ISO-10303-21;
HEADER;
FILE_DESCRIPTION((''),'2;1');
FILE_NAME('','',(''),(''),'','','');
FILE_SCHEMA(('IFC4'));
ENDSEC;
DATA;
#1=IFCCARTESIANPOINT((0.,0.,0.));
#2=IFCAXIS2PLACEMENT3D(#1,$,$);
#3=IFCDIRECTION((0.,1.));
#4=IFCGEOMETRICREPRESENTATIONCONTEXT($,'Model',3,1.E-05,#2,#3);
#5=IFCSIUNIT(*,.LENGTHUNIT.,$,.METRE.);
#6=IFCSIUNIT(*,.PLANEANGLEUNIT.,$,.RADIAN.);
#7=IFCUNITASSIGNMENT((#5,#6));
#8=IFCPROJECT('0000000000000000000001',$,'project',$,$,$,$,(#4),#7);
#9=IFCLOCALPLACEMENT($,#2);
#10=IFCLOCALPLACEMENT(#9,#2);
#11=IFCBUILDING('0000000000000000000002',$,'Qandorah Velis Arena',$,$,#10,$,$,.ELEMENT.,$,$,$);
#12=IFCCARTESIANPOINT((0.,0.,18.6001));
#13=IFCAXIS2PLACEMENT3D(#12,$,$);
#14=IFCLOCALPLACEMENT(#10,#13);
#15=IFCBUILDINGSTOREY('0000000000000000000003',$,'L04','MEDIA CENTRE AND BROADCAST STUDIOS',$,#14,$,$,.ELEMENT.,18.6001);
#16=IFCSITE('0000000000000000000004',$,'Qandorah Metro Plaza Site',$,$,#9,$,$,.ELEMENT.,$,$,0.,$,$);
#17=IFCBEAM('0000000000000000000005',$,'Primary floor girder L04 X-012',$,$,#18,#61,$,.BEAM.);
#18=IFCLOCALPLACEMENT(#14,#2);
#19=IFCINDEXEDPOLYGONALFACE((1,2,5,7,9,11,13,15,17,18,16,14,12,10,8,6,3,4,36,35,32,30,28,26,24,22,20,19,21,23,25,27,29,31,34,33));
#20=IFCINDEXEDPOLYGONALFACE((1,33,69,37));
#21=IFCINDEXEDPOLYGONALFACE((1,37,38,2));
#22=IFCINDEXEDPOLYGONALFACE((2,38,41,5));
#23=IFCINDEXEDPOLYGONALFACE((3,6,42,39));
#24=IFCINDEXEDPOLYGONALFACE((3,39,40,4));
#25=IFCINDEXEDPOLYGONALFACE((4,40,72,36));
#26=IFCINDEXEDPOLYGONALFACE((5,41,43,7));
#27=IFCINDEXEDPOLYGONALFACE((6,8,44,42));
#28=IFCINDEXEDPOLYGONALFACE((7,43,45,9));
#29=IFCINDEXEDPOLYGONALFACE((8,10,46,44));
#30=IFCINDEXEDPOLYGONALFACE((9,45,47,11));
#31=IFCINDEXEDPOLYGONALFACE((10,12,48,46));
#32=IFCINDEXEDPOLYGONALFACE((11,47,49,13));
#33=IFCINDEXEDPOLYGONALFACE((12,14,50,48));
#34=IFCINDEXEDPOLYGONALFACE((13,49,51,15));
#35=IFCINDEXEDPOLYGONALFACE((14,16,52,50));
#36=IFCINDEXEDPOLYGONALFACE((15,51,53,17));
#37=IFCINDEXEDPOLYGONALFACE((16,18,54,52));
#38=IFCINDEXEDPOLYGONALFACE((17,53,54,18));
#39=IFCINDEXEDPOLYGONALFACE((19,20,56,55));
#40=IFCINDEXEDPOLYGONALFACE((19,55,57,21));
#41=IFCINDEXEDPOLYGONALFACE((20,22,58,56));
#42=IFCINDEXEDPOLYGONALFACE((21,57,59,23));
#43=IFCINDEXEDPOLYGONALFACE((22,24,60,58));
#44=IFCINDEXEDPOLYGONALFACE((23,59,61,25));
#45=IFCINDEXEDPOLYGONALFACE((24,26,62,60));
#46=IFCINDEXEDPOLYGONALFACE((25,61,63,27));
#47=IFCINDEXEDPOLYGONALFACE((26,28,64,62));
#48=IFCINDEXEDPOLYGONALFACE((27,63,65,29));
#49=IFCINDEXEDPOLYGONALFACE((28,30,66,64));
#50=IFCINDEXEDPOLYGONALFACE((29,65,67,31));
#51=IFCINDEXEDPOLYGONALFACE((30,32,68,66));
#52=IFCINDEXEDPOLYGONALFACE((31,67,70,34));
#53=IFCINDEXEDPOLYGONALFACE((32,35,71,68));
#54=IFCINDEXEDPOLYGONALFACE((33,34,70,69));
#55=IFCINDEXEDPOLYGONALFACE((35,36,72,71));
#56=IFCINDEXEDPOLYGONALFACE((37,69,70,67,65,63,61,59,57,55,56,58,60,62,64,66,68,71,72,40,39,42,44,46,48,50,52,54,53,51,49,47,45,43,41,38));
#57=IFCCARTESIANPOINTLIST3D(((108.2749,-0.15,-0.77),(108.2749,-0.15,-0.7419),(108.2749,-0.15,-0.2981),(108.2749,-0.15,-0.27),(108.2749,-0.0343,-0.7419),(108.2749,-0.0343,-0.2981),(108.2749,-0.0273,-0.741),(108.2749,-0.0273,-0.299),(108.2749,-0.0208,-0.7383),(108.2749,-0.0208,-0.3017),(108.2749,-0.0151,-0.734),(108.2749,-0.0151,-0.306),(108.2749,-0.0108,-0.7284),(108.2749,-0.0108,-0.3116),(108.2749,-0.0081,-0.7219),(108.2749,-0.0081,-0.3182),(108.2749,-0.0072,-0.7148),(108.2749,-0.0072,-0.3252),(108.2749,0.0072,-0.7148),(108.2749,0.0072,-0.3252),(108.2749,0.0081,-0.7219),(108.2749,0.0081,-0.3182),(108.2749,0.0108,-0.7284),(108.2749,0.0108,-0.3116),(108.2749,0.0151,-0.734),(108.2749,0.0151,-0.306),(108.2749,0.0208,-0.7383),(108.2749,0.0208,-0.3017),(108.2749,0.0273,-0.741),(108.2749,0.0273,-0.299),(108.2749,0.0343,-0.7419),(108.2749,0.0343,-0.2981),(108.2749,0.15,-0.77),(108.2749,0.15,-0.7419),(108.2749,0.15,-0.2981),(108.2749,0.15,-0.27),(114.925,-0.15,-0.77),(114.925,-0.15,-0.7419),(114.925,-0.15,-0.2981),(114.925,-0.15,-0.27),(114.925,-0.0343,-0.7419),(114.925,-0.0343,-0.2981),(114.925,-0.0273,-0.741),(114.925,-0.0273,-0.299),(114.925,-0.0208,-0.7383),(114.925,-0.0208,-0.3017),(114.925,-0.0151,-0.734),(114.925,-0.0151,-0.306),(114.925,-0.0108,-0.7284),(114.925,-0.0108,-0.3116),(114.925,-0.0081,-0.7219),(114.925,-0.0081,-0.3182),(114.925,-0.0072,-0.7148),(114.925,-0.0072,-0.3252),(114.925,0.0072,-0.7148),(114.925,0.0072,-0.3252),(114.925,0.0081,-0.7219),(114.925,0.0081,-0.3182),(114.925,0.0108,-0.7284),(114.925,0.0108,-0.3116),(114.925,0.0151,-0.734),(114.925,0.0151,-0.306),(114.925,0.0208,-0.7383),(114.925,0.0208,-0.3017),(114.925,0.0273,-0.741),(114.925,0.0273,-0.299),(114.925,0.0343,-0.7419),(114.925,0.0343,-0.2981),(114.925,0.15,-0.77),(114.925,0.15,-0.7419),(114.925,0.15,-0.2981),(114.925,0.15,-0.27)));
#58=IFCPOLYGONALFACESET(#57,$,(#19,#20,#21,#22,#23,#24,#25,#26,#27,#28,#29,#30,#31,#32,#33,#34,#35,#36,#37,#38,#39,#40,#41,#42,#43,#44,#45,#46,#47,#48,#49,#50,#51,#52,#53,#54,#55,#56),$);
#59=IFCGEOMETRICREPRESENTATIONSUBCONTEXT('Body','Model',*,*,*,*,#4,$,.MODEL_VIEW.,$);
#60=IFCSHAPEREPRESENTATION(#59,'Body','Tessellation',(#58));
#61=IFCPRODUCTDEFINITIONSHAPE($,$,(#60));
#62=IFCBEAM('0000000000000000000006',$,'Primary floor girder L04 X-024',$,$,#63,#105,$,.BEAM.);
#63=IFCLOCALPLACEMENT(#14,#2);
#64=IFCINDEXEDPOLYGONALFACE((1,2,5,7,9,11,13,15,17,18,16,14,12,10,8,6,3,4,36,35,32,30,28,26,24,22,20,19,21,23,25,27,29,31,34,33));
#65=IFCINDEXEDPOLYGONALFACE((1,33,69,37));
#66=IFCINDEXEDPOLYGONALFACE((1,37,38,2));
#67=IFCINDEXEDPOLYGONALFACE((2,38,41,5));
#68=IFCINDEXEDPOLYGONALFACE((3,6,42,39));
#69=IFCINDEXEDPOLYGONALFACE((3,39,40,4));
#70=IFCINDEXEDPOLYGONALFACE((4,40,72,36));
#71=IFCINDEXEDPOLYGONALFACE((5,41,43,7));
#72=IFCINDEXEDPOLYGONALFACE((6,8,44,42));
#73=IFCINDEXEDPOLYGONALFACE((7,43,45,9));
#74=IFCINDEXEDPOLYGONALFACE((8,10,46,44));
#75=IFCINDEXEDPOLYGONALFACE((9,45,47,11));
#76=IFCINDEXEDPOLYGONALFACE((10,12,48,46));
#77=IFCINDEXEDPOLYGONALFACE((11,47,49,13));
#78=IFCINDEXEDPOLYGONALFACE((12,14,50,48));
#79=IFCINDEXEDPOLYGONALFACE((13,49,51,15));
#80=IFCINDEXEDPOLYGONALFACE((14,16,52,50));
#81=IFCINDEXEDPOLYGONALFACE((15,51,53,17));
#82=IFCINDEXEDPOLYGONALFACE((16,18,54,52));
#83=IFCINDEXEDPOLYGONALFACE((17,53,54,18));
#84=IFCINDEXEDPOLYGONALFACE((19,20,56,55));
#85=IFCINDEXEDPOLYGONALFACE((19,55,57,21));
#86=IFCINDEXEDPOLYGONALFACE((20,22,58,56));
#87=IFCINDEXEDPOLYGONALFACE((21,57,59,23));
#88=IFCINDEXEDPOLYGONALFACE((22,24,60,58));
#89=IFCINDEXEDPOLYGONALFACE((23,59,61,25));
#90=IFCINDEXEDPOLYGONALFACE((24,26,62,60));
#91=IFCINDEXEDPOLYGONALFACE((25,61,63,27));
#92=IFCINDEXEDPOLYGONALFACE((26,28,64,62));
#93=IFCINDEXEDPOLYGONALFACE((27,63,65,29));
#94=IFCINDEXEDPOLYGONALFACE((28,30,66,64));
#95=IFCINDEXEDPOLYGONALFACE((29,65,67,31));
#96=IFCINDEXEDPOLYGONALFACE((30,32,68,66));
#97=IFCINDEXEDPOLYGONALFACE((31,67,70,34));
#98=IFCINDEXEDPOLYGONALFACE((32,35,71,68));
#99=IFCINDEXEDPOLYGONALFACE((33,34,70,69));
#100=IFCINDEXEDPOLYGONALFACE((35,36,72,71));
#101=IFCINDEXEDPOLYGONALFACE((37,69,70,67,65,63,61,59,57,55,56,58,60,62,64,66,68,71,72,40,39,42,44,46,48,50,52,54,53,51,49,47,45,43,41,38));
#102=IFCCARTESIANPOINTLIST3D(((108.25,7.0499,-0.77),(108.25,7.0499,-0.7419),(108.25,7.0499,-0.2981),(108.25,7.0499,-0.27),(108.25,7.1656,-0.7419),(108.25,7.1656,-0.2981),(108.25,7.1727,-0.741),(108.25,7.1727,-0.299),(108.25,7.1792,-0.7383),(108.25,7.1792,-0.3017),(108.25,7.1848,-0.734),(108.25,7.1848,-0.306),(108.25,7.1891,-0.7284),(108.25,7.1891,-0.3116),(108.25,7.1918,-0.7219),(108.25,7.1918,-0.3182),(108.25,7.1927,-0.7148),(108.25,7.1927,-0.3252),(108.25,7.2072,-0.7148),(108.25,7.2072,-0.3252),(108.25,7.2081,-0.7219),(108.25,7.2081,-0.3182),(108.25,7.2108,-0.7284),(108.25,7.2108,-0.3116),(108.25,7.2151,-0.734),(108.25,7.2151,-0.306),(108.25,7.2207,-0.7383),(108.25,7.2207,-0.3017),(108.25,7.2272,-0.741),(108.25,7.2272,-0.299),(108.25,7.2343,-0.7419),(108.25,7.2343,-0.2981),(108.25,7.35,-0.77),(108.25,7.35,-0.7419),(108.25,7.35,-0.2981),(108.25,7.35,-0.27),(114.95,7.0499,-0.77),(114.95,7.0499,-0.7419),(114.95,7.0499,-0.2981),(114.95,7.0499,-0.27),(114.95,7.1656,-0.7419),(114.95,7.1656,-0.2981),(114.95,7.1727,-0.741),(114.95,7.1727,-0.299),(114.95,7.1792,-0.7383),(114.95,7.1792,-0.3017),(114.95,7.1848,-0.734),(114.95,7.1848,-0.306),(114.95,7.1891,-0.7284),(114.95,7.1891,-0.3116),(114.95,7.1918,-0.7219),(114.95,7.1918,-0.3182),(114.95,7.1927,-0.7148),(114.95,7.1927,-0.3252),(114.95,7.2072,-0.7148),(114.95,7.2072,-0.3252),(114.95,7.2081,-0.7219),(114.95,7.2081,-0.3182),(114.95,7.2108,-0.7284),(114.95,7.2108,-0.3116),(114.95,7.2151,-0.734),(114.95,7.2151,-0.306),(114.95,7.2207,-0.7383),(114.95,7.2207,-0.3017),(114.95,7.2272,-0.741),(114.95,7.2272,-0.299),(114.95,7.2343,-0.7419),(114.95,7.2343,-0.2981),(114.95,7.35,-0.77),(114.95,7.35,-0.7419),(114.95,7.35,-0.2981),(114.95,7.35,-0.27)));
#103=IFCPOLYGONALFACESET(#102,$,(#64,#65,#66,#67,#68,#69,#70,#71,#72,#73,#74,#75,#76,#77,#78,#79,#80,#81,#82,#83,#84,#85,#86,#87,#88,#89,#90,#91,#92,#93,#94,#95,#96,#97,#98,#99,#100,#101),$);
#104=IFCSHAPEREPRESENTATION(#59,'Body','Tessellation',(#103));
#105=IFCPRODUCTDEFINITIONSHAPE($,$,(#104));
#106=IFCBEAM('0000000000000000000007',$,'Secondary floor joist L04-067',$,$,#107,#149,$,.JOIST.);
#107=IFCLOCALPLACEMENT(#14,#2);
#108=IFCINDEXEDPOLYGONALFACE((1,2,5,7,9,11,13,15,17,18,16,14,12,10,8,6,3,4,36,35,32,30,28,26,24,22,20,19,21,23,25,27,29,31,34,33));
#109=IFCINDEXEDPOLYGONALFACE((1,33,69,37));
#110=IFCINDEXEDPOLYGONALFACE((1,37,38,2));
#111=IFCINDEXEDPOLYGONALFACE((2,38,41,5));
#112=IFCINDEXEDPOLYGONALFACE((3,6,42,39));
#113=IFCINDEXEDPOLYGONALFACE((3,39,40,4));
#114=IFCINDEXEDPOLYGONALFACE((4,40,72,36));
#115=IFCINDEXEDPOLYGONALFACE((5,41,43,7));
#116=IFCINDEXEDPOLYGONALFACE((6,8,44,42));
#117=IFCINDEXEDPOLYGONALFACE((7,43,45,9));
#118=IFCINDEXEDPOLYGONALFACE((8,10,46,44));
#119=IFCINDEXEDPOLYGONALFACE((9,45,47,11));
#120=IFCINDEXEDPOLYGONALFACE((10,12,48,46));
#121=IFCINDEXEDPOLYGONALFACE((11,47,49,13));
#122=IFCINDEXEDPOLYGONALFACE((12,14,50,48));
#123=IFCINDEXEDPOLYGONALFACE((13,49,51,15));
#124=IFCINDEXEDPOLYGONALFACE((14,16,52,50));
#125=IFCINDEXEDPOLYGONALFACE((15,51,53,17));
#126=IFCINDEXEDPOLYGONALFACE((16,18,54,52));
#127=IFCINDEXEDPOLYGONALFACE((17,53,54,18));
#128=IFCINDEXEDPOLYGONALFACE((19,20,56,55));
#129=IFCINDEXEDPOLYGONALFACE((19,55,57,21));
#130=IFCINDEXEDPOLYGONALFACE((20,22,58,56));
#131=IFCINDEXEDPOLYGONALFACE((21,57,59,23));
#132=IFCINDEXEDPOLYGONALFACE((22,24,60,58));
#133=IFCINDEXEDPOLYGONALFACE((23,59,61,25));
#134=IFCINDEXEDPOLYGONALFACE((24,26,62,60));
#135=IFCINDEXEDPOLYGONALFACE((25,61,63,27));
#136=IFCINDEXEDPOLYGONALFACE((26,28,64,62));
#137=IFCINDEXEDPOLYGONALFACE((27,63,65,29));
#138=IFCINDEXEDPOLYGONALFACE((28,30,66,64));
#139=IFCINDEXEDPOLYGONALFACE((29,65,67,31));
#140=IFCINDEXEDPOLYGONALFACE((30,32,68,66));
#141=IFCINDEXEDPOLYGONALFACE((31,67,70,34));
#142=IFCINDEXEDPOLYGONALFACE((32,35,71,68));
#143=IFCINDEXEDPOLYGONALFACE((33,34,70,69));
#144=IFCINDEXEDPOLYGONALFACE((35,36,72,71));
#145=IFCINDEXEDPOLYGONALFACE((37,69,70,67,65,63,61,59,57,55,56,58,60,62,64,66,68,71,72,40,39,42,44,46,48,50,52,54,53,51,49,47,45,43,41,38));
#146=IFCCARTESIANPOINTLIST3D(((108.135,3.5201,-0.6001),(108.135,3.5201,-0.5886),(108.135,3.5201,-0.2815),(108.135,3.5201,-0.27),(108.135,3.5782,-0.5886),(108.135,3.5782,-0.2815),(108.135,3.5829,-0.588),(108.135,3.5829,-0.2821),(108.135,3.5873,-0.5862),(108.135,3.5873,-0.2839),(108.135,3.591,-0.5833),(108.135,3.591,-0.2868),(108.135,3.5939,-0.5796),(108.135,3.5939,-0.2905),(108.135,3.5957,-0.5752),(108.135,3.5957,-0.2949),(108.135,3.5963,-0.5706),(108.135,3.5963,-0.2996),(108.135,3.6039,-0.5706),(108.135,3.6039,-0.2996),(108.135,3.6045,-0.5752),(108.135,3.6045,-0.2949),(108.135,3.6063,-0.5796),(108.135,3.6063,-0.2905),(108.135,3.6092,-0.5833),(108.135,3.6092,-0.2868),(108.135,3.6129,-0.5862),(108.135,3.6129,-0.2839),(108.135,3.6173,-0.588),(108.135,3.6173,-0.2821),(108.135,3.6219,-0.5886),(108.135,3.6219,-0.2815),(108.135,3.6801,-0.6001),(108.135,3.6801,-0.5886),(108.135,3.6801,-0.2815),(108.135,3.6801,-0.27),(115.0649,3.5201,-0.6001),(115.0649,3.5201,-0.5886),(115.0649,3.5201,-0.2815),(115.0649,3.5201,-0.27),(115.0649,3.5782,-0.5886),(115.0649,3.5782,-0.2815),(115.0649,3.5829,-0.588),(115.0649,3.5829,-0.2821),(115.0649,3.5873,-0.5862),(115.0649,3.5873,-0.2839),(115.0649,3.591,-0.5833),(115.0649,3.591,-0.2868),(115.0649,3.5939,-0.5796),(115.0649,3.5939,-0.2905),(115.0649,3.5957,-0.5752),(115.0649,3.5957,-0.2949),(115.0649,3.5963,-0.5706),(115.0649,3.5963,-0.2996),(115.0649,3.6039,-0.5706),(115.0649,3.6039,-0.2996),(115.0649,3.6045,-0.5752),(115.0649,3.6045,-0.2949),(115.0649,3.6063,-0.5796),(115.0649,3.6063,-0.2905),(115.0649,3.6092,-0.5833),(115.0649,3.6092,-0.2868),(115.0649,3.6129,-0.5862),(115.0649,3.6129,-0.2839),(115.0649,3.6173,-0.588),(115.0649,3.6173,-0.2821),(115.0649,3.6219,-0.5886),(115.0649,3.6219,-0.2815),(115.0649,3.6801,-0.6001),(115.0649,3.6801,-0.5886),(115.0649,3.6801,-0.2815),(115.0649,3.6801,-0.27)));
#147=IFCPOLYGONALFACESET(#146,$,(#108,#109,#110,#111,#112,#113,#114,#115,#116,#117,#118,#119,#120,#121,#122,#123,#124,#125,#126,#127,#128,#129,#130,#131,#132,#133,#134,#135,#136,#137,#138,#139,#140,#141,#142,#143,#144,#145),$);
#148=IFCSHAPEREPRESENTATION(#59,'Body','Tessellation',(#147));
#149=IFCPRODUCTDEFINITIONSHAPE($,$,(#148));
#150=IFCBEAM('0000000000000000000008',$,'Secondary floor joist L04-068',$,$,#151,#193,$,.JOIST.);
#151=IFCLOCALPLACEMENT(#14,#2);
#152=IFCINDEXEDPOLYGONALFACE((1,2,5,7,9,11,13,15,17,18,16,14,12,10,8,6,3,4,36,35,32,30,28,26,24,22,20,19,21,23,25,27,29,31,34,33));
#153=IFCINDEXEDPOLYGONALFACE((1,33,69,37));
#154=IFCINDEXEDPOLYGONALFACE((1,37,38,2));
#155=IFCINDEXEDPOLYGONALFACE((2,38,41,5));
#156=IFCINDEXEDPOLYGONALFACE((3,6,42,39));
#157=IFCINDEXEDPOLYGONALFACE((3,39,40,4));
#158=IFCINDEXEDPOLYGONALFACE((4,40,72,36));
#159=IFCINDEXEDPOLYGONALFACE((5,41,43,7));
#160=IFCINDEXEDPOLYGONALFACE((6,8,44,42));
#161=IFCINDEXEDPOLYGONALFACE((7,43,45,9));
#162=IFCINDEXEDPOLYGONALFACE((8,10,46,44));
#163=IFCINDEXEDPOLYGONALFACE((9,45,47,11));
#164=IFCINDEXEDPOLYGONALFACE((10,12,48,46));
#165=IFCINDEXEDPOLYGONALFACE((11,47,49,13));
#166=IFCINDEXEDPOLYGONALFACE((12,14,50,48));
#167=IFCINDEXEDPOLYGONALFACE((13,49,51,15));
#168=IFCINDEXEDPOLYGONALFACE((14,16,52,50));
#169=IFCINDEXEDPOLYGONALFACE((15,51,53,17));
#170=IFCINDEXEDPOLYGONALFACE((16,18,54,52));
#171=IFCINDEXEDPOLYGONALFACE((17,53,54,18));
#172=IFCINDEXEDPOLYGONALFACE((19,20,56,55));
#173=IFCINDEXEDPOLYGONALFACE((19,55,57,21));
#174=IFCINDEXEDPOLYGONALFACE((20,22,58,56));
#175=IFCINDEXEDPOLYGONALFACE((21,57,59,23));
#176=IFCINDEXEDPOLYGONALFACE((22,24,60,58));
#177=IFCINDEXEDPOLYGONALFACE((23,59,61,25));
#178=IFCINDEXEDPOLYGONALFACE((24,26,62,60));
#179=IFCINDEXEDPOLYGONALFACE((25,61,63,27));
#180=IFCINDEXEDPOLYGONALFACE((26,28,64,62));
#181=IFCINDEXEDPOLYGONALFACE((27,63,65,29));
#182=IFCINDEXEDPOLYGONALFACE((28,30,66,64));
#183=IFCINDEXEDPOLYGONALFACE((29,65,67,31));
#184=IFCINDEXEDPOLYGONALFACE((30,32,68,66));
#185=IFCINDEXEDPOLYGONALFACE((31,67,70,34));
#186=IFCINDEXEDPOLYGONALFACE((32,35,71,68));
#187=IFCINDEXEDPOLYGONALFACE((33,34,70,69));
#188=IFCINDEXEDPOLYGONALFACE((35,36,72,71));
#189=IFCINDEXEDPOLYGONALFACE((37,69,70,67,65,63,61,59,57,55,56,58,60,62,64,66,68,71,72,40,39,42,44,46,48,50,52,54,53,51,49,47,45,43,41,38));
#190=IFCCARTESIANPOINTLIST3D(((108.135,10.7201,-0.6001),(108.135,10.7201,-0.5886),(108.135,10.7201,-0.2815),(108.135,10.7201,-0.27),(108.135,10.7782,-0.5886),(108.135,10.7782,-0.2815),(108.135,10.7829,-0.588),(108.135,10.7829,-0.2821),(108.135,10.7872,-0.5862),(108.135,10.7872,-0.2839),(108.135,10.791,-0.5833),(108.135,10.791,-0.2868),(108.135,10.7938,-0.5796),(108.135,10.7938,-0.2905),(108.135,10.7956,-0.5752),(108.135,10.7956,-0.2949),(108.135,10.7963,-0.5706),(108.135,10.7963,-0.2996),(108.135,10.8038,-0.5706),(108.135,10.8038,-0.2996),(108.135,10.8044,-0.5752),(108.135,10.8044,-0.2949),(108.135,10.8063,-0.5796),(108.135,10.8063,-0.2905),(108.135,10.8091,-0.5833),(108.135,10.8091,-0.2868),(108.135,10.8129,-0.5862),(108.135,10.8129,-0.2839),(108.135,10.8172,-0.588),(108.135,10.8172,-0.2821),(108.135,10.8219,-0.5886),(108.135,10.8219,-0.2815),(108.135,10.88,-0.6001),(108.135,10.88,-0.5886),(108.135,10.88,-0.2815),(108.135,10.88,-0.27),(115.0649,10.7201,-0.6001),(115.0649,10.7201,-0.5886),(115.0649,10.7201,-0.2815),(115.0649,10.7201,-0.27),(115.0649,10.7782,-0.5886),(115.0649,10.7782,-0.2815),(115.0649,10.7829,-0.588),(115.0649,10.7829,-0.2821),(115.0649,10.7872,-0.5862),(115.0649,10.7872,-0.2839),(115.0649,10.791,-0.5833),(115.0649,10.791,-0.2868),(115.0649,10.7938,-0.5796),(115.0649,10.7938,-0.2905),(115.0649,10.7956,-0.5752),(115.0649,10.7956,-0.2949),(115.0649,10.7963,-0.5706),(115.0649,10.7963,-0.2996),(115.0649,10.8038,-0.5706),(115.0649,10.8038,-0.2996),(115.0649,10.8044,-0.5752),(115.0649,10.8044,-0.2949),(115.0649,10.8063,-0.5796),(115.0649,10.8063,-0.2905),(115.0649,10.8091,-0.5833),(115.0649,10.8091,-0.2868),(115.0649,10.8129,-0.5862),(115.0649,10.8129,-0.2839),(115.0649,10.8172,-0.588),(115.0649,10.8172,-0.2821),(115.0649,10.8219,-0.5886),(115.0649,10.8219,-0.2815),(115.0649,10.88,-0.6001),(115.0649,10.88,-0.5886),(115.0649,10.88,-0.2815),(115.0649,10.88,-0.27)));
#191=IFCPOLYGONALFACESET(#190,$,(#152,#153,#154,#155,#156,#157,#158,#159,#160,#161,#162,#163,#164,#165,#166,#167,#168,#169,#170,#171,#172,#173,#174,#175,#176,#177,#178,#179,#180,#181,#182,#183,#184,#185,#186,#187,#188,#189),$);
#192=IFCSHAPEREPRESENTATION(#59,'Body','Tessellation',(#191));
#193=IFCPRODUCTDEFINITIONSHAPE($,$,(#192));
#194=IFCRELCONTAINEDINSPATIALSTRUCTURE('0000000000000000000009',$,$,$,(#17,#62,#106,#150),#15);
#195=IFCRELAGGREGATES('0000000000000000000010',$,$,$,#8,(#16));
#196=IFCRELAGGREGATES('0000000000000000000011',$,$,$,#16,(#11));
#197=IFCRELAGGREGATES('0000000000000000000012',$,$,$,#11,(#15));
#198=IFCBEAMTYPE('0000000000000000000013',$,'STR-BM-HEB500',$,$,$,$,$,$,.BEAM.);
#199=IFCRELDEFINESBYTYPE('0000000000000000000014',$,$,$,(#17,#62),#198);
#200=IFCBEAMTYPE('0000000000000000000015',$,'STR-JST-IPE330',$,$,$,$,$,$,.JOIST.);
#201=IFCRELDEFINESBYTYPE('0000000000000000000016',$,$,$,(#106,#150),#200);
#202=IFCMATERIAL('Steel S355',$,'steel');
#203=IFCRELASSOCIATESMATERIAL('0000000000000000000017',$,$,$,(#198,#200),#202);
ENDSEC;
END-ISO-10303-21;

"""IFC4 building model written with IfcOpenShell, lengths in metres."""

from ifc_helpers import new_model, si_unit, direction, frame, origin, origin_2d, place, context, subcontext, project, spatial, i_section, extrude, material, material_profile, profile_set, type_object, element, save


model = new_model("IFC4")

# Units and contexts
model_context = context("Model", 3, precision=1e-05, world=origin(), true_north=direction((0.0, 1.0)))
body_context = subcontext(model_context, "Body", "Model", "MODEL_VIEW")
ifc_project = project(units=[si_unit("LENGTHUNIT", "METRE"), si_unit("PLANEANGLEUNIT", "RADIAN")], contexts=[model_context])

# Site, building, storey
site_placement = place(None, origin())
site = spatial("IfcSite", under=ifc_project, at=site_placement, Name="Qandorah Metro Plaza Site", CompositionType="ELEMENT", RefElevation=0.0)
building_placement = place(site_placement, origin())
building = spatial("IfcBuilding", under=site, at=building_placement, Name="Qandorah Velis Arena", CompositionType="ELEMENT")
storey_placement = place(building_placement, frame((0.0, 0.0, 18.6001)))
storey = spatial("IfcBuildingStorey", under=building, at=storey_placement, Name="L04", Description="MEDIA CENTRE AND BROADCAST STUDIOS", CompositionType="ELEMENT", Elevation=18.6001)

# Beams
ifc_material_1 = material(Name="Steel S355", Category="steel")
ifc_material_profile_1 = material_profile(ifc_material_1, i_section(OverallWidth=0.3, OverallDepth=0.5, WebThickness=0.0144, FlangeThickness=0.0281, FilletRadius=0.0271, at=origin_2d()), Name="HEB 500")
ifc_profile_set_1 = profile_set([ifc_material_profile_1], Name="Steel S355")
beam_type_1 = type_object("IfcBeamType", Name="STR-BM-HEB500", PredefinedType="BEAM", material=ifc_profile_set_1)
beam_1_placement = place(storey_placement, frame((108.2749, 0.0, -0.52), z_axis=(1.0, 0.0, 0.0), x_axis=(0.0, 1.0, 0.0)))
element("IfcBeam", 1, at=beam_1_placement, inside=storey, type_object=beam_type_1, Name="Primary floor girder L04 X-012", PredefinedType="BEAM", context=body_context, shape_type="SweptSolid", body=[
    extrude(i_section(OverallWidth=0.3, OverallDepth=0.5, WebThickness=0.0144, FlangeThickness=0.0281, FilletRadius=0.0271, at=origin_2d()), origin(), (0.0, 0.0, 1.0), 6.6501),
])
beam_2_placement = place(storey_placement, frame((108.25, 7.2, -0.52), z_axis=(1.0, 0.0, 0.0), x_axis=(0.0, 1.0, 0.0)))
element("IfcBeam", 2, at=beam_2_placement, inside=storey, type_object=beam_type_1, Name="Primary floor girder L04 X-024", PredefinedType="BEAM", context=body_context, shape_type="SweptSolid", body=[
    extrude(i_section(OverallWidth=0.3, OverallDepth=0.5, WebThickness=0.0144, FlangeThickness=0.0281, FilletRadius=0.0271, at=origin_2d()), origin(), (0.0, 0.0, 1.0), 6.7),
])
ifc_material_profile_2 = material_profile(ifc_material_1, i_section(OverallWidth=0.1599, OverallDepth=0.3301, WebThickness=0.0076, FlangeThickness=0.0115, FilletRadius=0.0181, at=origin_2d()), Name="IPE 330")
ifc_profile_set_2 = profile_set([ifc_material_profile_2], Name="Steel S355")
beam_type_2 = type_object("IfcBeamType", Name="STR-JST-IPE330", PredefinedType="JOIST", material=ifc_profile_set_2)
for number, where, z_axis, x_axis, name in (
    (3, (108.135, 3.6001, -0.4351), (1.0, 0.0, 0.0), (0.0, 1.0, 0.0), "Secondary floor joist L04-067"),
    (4, (108.135, 10.8, -0.4351), (1.0, 0.0, 0.0), (0.0, 1.0, 0.0), "Secondary floor joist L04-068"),
):
    element("IfcBeam", number, at=place(storey_placement, frame(where, z_axis=z_axis, x_axis=x_axis)), inside=storey, type_object=beam_type_2, Name=name, PredefinedType="JOIST", context=body_context, shape_type="SweptSolid", body=[
        extrude(i_section(OverallWidth=0.1599, OverallDepth=0.3301, WebThickness=0.0076, FlangeThickness=0.0115, FilletRadius=0.0181, at=origin_2d()), origin(), (0.0, 0.0, 1.0), 6.9299),
    ])

save(model, "model.ifc")
